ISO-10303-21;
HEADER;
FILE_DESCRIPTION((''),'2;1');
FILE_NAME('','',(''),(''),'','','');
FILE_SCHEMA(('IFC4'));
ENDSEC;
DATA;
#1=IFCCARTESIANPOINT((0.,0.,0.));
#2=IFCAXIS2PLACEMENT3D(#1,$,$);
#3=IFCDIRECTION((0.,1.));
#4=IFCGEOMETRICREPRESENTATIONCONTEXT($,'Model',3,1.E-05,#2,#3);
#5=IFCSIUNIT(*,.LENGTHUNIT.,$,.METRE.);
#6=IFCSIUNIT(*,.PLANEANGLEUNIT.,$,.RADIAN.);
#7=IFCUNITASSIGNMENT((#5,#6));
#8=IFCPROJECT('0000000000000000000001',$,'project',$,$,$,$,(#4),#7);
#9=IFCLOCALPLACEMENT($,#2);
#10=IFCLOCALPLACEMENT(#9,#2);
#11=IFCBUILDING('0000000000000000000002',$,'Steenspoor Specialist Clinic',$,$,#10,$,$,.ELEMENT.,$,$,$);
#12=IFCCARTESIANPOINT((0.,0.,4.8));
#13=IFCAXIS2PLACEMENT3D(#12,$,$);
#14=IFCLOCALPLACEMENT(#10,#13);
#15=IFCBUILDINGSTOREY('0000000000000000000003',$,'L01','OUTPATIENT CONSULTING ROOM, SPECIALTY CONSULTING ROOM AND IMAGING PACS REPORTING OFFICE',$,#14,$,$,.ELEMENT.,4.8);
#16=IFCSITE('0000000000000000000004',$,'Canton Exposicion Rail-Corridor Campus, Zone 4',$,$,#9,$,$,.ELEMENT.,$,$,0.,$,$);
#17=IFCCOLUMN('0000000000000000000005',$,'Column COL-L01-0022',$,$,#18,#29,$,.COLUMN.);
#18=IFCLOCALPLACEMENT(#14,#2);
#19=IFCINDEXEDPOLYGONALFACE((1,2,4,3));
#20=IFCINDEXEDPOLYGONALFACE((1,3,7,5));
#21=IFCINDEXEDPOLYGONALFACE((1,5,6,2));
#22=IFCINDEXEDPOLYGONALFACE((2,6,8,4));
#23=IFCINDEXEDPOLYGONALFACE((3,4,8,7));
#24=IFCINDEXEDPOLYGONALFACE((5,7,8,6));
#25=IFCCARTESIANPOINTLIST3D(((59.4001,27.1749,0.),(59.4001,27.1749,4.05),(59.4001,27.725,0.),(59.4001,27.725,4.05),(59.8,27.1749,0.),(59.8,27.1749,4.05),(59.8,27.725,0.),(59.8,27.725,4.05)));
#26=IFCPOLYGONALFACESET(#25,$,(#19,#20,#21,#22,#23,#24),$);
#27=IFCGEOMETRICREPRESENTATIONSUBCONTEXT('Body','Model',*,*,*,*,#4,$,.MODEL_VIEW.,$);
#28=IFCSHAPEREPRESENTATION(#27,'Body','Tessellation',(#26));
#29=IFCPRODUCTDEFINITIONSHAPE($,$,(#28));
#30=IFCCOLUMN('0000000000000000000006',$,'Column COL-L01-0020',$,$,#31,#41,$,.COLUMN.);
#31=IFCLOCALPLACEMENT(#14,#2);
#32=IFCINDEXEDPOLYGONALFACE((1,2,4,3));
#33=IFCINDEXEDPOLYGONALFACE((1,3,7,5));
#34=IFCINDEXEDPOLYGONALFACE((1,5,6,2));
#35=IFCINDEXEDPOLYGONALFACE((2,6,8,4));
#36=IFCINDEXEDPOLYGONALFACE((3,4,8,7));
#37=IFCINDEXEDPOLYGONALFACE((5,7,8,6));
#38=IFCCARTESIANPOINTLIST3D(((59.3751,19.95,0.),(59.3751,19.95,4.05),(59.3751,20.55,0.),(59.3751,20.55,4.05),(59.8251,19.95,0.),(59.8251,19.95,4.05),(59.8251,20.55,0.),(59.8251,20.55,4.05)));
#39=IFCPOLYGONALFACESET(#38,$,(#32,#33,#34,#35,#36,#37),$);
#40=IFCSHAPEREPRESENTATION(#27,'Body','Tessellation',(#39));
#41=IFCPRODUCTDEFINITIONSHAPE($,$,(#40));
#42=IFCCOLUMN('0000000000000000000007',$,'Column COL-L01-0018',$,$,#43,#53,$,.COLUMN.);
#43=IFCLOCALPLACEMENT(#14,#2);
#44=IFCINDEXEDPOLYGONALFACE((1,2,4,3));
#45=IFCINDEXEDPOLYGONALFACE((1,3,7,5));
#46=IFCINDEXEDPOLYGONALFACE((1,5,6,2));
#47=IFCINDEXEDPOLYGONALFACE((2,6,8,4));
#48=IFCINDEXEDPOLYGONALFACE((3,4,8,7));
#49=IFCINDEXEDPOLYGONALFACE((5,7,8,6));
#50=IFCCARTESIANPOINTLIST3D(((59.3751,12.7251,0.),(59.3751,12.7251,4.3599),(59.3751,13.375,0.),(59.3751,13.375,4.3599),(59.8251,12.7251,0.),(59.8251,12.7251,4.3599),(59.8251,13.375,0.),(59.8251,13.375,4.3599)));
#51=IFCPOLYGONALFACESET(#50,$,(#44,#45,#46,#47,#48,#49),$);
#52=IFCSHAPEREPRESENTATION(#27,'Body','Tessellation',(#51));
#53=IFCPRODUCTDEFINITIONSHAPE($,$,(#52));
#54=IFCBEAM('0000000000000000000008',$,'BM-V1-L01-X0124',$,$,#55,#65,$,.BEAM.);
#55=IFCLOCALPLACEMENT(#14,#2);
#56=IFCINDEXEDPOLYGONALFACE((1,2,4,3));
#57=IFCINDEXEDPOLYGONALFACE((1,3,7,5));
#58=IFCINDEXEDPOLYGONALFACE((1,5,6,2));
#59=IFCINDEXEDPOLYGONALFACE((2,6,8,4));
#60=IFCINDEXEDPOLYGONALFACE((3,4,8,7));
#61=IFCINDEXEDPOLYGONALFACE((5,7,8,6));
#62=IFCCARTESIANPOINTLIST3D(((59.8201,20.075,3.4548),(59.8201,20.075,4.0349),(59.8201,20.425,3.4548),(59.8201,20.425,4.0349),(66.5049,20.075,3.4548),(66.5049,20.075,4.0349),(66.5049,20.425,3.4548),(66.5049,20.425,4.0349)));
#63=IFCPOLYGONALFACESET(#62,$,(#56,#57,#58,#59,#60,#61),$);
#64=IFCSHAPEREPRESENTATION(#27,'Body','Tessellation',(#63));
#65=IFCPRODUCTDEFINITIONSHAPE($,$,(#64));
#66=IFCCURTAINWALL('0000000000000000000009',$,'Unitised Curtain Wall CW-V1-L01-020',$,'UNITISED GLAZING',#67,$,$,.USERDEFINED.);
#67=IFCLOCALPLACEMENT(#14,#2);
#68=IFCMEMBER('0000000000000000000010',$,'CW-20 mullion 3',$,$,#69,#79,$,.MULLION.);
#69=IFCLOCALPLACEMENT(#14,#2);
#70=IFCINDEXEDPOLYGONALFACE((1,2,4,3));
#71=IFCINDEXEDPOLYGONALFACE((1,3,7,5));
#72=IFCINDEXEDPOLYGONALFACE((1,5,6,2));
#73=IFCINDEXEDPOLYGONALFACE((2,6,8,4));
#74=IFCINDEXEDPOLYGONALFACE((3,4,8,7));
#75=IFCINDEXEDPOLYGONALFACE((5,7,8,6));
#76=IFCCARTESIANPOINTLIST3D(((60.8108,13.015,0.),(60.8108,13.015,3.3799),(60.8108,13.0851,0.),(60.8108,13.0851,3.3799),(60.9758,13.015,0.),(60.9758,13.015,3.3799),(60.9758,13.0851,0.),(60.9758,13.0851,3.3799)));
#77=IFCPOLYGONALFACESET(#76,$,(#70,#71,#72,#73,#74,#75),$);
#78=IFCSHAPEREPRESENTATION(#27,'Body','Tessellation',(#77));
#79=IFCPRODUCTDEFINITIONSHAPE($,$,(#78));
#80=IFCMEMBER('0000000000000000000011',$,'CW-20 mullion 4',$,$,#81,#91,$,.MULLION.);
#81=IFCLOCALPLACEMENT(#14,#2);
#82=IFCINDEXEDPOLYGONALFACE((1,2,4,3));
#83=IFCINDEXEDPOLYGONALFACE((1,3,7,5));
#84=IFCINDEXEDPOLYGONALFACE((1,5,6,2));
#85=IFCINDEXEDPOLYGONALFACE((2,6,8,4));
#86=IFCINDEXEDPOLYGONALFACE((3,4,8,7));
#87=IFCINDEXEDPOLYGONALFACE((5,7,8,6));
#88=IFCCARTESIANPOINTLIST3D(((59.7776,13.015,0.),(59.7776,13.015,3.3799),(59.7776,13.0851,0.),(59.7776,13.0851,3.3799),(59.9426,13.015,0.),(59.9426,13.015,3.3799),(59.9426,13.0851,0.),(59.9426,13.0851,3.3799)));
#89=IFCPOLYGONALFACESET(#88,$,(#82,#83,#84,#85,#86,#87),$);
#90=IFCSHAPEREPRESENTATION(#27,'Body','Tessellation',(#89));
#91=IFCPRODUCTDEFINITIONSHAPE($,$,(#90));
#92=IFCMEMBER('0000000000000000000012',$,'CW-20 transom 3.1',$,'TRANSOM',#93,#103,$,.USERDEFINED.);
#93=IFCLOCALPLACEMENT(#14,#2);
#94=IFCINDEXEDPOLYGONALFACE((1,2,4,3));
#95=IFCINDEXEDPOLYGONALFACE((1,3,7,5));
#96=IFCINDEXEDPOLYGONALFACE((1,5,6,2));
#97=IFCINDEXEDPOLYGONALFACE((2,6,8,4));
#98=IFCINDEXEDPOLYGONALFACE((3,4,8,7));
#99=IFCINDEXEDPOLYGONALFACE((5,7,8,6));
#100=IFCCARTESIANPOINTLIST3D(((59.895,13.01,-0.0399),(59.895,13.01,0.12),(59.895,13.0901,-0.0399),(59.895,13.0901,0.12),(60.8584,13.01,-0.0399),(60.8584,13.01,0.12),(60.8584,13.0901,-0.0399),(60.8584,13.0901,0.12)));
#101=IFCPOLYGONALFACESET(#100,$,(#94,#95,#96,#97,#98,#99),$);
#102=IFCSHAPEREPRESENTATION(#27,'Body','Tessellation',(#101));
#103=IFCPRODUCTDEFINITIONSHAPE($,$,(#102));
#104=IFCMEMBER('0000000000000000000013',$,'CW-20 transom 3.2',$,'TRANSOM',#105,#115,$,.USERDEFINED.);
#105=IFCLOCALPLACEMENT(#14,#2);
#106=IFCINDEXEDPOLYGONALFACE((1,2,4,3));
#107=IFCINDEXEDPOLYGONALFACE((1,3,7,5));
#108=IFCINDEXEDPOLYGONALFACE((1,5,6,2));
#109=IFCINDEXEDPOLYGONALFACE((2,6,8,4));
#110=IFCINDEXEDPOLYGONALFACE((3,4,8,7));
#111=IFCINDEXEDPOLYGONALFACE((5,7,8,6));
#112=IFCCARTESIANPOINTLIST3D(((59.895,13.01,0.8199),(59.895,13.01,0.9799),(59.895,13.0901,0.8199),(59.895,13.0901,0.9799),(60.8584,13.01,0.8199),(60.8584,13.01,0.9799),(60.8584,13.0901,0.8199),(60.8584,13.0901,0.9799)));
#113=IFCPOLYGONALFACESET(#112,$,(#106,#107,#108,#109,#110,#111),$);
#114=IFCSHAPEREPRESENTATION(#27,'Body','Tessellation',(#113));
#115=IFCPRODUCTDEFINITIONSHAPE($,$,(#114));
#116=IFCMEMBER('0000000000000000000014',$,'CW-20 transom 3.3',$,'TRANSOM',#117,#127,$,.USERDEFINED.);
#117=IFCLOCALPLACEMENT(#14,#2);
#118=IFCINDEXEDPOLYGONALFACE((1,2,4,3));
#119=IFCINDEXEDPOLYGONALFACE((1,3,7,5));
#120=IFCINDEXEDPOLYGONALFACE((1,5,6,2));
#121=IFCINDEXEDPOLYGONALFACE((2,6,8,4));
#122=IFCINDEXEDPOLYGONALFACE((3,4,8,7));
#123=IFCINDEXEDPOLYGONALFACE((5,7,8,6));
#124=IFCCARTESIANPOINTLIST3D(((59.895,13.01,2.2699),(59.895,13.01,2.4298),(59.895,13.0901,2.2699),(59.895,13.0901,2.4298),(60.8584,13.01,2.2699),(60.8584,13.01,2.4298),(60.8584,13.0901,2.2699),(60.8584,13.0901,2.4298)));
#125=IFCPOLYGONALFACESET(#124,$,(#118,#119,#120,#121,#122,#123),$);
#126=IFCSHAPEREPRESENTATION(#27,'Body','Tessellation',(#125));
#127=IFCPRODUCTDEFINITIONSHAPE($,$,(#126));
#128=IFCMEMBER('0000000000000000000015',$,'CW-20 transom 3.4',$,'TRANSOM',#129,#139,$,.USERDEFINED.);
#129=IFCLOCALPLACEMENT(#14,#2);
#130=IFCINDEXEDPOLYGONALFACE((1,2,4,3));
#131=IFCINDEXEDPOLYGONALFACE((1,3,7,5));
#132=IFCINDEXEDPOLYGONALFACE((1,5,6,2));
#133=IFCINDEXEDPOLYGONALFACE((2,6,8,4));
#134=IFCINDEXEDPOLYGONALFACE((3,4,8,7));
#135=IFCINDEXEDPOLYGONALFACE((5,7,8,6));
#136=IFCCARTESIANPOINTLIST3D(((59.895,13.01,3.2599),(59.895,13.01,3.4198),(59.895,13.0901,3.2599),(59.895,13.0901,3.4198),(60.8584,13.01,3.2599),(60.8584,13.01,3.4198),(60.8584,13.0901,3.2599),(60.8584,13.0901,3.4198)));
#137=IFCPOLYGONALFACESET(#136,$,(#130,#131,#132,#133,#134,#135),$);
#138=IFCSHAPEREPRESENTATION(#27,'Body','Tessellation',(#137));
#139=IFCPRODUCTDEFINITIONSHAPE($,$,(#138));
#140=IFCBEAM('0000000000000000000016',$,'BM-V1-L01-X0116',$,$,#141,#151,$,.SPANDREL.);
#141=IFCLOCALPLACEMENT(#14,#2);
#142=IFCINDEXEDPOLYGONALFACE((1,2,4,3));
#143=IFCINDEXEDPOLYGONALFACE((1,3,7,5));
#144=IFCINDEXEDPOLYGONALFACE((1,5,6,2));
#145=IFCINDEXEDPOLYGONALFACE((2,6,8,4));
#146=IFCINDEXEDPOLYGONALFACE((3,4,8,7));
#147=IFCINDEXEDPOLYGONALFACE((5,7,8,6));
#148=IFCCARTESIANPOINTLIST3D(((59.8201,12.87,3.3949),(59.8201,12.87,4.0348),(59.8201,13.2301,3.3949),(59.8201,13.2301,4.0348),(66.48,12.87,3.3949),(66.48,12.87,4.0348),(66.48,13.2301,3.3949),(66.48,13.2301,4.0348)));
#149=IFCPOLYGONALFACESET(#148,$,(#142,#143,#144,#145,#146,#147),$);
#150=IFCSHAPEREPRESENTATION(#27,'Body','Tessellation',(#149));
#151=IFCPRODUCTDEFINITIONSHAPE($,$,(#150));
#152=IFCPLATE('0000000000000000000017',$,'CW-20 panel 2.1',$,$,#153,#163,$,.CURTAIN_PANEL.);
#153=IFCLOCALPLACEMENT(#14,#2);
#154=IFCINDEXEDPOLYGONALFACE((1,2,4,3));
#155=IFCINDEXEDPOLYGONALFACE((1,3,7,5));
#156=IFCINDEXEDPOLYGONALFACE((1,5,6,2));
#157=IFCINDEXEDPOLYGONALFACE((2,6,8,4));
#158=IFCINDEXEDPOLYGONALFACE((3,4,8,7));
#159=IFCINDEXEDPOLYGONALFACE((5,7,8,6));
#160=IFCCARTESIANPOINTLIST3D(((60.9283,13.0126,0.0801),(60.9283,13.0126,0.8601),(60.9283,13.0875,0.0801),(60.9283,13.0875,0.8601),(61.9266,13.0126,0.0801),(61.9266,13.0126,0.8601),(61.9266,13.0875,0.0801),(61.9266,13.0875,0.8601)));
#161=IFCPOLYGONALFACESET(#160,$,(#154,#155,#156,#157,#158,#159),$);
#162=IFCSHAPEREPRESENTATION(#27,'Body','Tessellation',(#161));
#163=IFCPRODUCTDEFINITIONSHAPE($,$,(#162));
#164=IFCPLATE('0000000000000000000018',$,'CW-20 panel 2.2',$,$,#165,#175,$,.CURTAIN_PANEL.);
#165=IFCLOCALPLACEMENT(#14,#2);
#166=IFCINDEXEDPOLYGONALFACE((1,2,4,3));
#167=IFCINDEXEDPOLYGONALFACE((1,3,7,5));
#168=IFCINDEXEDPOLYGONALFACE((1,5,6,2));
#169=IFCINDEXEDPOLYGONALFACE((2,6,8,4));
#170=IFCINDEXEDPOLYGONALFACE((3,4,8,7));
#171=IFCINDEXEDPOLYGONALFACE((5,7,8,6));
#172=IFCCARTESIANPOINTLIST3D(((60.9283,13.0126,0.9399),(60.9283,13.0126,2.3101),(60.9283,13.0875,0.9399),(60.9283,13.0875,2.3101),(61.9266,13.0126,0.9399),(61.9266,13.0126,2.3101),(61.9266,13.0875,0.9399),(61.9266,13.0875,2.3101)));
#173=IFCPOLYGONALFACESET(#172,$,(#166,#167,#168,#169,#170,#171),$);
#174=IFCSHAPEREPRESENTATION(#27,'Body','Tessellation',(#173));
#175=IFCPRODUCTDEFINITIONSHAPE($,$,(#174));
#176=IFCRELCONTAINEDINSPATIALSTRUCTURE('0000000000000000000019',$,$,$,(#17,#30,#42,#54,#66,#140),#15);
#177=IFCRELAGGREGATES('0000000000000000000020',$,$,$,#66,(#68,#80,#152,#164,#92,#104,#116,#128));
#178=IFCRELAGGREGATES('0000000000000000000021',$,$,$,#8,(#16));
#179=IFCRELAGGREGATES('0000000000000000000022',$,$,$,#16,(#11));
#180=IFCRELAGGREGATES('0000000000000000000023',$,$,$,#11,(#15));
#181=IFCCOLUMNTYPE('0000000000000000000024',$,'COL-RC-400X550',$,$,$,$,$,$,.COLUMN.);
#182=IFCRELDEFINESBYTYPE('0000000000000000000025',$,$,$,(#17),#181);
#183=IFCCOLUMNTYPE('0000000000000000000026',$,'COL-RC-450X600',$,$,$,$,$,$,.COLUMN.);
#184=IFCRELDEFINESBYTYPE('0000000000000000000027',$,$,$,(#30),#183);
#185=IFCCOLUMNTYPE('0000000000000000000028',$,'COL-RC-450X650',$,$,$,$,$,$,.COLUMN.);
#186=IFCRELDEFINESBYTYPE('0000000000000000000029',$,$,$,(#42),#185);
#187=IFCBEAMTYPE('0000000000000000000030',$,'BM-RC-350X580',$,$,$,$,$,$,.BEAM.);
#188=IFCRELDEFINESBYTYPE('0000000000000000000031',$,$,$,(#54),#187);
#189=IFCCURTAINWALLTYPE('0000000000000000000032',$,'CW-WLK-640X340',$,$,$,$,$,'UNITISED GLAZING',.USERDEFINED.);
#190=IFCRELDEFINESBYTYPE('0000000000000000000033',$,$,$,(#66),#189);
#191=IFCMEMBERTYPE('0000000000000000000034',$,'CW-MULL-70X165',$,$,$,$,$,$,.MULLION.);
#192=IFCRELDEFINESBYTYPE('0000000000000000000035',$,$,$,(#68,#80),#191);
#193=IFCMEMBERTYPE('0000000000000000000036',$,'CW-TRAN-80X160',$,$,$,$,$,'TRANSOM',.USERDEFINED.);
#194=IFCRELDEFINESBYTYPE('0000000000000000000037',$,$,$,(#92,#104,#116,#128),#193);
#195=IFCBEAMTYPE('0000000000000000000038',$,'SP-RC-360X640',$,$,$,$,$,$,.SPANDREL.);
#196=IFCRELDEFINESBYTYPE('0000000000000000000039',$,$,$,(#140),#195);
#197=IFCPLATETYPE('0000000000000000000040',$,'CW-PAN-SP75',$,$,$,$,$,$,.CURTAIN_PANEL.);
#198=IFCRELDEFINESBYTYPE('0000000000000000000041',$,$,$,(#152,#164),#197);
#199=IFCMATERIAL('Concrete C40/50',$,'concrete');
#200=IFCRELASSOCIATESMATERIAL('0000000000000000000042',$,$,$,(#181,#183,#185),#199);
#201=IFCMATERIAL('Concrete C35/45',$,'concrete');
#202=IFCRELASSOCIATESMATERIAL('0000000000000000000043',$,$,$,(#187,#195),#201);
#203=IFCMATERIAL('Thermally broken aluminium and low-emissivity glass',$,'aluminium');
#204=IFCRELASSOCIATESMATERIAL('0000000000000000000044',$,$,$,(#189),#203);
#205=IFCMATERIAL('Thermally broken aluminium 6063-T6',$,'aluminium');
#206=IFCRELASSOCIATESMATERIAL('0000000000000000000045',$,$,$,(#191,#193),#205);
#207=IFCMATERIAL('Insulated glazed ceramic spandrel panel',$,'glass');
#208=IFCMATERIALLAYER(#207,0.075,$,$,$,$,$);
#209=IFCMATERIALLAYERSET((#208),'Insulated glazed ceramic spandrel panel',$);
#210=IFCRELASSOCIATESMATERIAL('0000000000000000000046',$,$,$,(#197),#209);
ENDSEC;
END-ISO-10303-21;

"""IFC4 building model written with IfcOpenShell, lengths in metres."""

from ifc_helpers import new_model, si_unit, direction, frame, origin, origin_2d, place, context, subcontext, project, spatial, rectangle, extrude, material, layer, layer_set, material_profile, profile_set, type_object, element, aggregate, save


model = new_model("IFC4")

# Units and contexts
model_context = context("Model", 3, precision=1e-05, world=origin(), true_north=direction((0.0, 1.0)))
body_context = subcontext(model_context, "Body", "Model", "MODEL_VIEW")
ifc_project = project(units=[si_unit("LENGTHUNIT", "METRE"), si_unit("PLANEANGLEUNIT", "RADIAN")], contexts=[model_context])

# Site, building, storey
site_placement = place(None, origin())
site = spatial("IfcSite", under=ifc_project, at=site_placement, Name="Canton Exposicion Rail-Corridor Campus, Zone 4", CompositionType="ELEMENT", RefElevation=0.0)
building_placement = place(site_placement, origin())
building = spatial("IfcBuilding", under=site, at=building_placement, Name="Steenspoor Specialist Clinic", CompositionType="ELEMENT")
storey_placement = place(building_placement, frame((0.0, 0.0, 4.8)))
storey = spatial("IfcBuildingStorey", under=building, at=storey_placement, Name="L01", Description="OUTPATIENT CONSULTING ROOM, SPECIALTY CONSULTING ROOM AND IMAGING PACS REPORTING OFFICE", CompositionType="ELEMENT", Elevation=4.8)

# Columns
ifc_material_1 = material(Name="Concrete C40/50", Category="concrete")
ifc_material_profile_1 = material_profile(ifc_material_1, rectangle(XDim=0.3999, YDim=0.55, at=origin_2d()), Name="RC-COL-400X550")
ifc_profile_set_1 = profile_set([ifc_material_profile_1], Name="Concrete C40/50")
column_type_1 = type_object("IfcColumnType", Name="COL-RC-400X550", PredefinedType="COLUMN", material=ifc_profile_set_1)
column_1_placement = place(storey_placement, frame((59.6001, 27.45, 0.0), z_axis=(0.0, 0.0, 1.0), x_axis=(1.0, 0.0, 0.0)))
element("IfcColumn", 1, at=column_1_placement, inside=storey, type_object=column_type_1, Name="Column COL-L01-0022", PredefinedType="COLUMN", context=body_context, shape_type="SweptSolid", body=[
    extrude(rectangle(XDim=0.3999, YDim=0.55, at=origin_2d()), origin(), (0.0, 0.0, 1.0), 4.05),
])
ifc_material_profile_2 = material_profile(ifc_material_1, rectangle(XDim=0.45, YDim=0.6001, at=origin_2d()), Name="RC-COL-450X600")
ifc_profile_set_2 = profile_set([ifc_material_profile_2], Name="Concrete C40/50")
column_type_2 = type_object("IfcColumnType", Name="COL-RC-450X600", PredefinedType="COLUMN", material=ifc_profile_set_2)
column_2_placement = place(storey_placement, frame((59.6001, 20.25, 0.0), z_axis=(0.0, 0.0, 1.0), x_axis=(1.0, 0.0, 0.0)))
element("IfcColumn", 2, at=column_2_placement, inside=storey, type_object=column_type_2, Name="Column COL-L01-0020", PredefinedType="COLUMN", context=body_context, shape_type="SweptSolid", body=[
    extrude(rectangle(XDim=0.45, YDim=0.6001, at=origin_2d()), origin(), (0.0, 0.0, 1.0), 4.05),
])
ifc_material_profile_3 = material_profile(ifc_material_1, rectangle(XDim=0.45, YDim=0.6499, at=origin_2d()), Name="RC-COL-450X650")
ifc_profile_set_3 = profile_set([ifc_material_profile_3], Name="Concrete C40/50")
column_type_3 = type_object("IfcColumnType", Name="COL-RC-450X650", PredefinedType="COLUMN", material=ifc_profile_set_3)
column_3_placement = place(storey_placement, frame((59.6001, 13.05, 0.0), z_axis=(0.0, 0.0, 1.0), x_axis=(1.0, 0.0, 0.0)))
element("IfcColumn", 3, at=column_3_placement, inside=storey, type_object=column_type_3, Name="Column COL-L01-0018", PredefinedType="COLUMN", context=body_context, shape_type="SweptSolid", body=[
    extrude(rectangle(XDim=0.45, YDim=0.6499, at=origin_2d()), origin(), (0.0, 0.0, 1.0), 4.3599),
])

# Beam
ifc_material_2 = material(Name="Concrete C35/45", Category="concrete")
ifc_material_profile_4 = material_profile(ifc_material_2, rectangle(XDim=0.3501, YDim=0.5801, at=origin_2d()), Name="RC-BM-350X580")
ifc_profile_set_4 = profile_set([ifc_material_profile_4], Name="Concrete C35/45")
beam_type_1 = type_object("IfcBeamType", Name="BM-RC-350X580", PredefinedType="BEAM", material=ifc_profile_set_4)
beam_1_placement = place(storey_placement, frame((59.8201, 20.25, 3.7449), z_axis=(1.0, 0.0, 0.0), x_axis=(0.0, 1.0, 0.0)))
element("IfcBeam", 4, at=beam_1_placement, inside=storey, type_object=beam_type_1, Name="BM-V1-L01-X0124", PredefinedType="BEAM", context=body_context, shape_type="SweptSolid", body=[
    extrude(rectangle(XDim=0.3501, YDim=0.5801, at=origin_2d()), origin(), (0.0, 0.0, 1.0), 6.6848),
])

# Curtain wall, members
ifc_material_3 = material(Name="Thermally broken aluminium and low-emissivity glass", Category="aluminium")
curtain_wall_type = type_object("IfcCurtainWallType", Name="CW-WLK-640X340", ElementType="UNITISED GLAZING", PredefinedType="USERDEFINED", material=ifc_material_3)
curtain_wall_placement = place(storey_placement, origin())
curtain_wall = element("IfcCurtainWall", 5, at=curtain_wall_placement, inside=storey, type_object=curtain_wall_type, Name="Unitised Curtain Wall CW-V1-L01-020", ObjectType="UNITISED GLAZING", PredefinedType="USERDEFINED")
ifc_material_4 = material(Name="Thermally broken aluminium 6063-T6", Category="aluminium")
ifc_material_profile_5 = material_profile(ifc_material_4, rectangle(XDim=0.0701, YDim=0.165, at=origin_2d()), Name="CWM-70X165")
ifc_profile_set_5 = profile_set([ifc_material_profile_5], Name="Thermally broken aluminium 6063-T6")
member_type_1 = type_object("IfcMemberType", Name="CW-MULL-70X165", PredefinedType="MULLION", material=ifc_profile_set_5)
member_1_placement = place(storey_placement, frame((60.8933, 13.05, 0.0), z_axis=(0.0, 0.0, 1.0), x_axis=(0.0, -1.0, 0.0)))
member_1 = element("IfcMember", 6, at=member_1_placement, type_object=member_type_1, Name="CW-20 mullion 3", PredefinedType="MULLION", context=body_context, shape_type="SweptSolid", body=[
    extrude(rectangle(XDim=0.0701, YDim=0.165, at=origin_2d()), origin(), (0.0, 0.0, 1.0), 3.3799),
])
member_2_placement = place(storey_placement, frame((59.8601, 13.05, 0.0), z_axis=(0.0, 0.0, 1.0), x_axis=(0.0, -1.0, 0.0)))
member_2 = element("IfcMember", 7, at=member_2_placement, type_object=member_type_1, Name="CW-20 mullion 4", PredefinedType="MULLION", context=body_context, shape_type="SweptSolid", body=[
    extrude(rectangle(XDim=0.0701, YDim=0.165, at=origin_2d()), origin(), (0.0, 0.0, 1.0), 3.3799),
])
ifc_material_profile_6 = material_profile(ifc_material_4, rectangle(XDim=0.0801, YDim=0.1599, at=origin_2d()), Name="CWT-80X160")
ifc_profile_set_6 = profile_set([ifc_material_profile_6], Name="Thermally broken aluminium 6063-T6")
member_type_2 = type_object("IfcMemberType", Name="CW-TRAN-80X160", ElementType="TRANSOM", PredefinedType="USERDEFINED", material=ifc_profile_set_6)
member_3_placement = place(storey_placement, frame((60.8584, 13.05, 0.04), z_axis=(-1.0, 0.0, 0.0), x_axis=(0.0, -1.0, 0.0)))
member_3 = element("IfcMember", 8, at=member_3_placement, type_object=member_type_2, Name="CW-20 transom 3.1", ObjectType="TRANSOM", PredefinedType="USERDEFINED", context=body_context, shape_type="SweptSolid", body=[
    extrude(rectangle(XDim=0.0801, YDim=0.1599, at=origin_2d()), origin(), (0.0, 0.0, 1.0), 0.9634),
])
member_4_placement = place(storey_placement, frame((60.8584, 13.05, 0.8999), z_axis=(-1.0, 0.0, 0.0), x_axis=(0.0, -1.0, 0.0)))
member_4 = element("IfcMember", 9, at=member_4_placement, type_object=member_type_2, Name="CW-20 transom 3.2", ObjectType="TRANSOM", PredefinedType="USERDEFINED", context=body_context, shape_type="SweptSolid", body=[
    extrude(rectangle(XDim=0.0801, YDim=0.1599, at=origin_2d()), origin(), (0.0, 0.0, 1.0), 0.9634),
])
member_5_placement = place(storey_placement, frame((60.8584, 13.05, 2.3499), z_axis=(-1.0, 0.0, 0.0), x_axis=(0.0, -1.0, 0.0)))
member_5 = element("IfcMember", 10, at=member_5_placement, type_object=member_type_2, Name="CW-20 transom 3.3", ObjectType="TRANSOM", PredefinedType="USERDEFINED", context=body_context, shape_type="SweptSolid", body=[
    extrude(rectangle(XDim=0.0801, YDim=0.1599, at=origin_2d()), origin(), (0.0, 0.0, 1.0), 0.9634),
])
member_6_placement = place(storey_placement, frame((60.8584, 13.05, 3.3398), z_axis=(-1.0, 0.0, 0.0), x_axis=(0.0, -1.0, 0.0)))
member_6 = element("IfcMember", 11, at=member_6_placement, type_object=member_type_2, Name="CW-20 transom 3.4", ObjectType="TRANSOM", PredefinedType="USERDEFINED", context=body_context, shape_type="SweptSolid", body=[
    extrude(rectangle(XDim=0.0801, YDim=0.1599, at=origin_2d()), origin(), (0.0, 0.0, 1.0), 0.9634),
])

# Beam
ifc_material_profile_7 = material_profile(ifc_material_2, rectangle(XDim=0.3601, YDim=0.6399, at=origin_2d()), Name="RC-SP-360X640")
ifc_profile_set_7 = profile_set([ifc_material_profile_7], Name="Concrete C35/45")
beam_type_2 = type_object("IfcBeamType", Name="SP-RC-360X640", PredefinedType="SPANDREL", material=ifc_profile_set_7)
beam_2_placement = place(storey_placement, frame((59.8201, 13.05, 3.7148), z_axis=(1.0, 0.0, 0.0), x_axis=(0.0, 1.0, 0.0)))
element("IfcBeam", 12, at=beam_2_placement, inside=storey, type_object=beam_type_2, Name="BM-V1-L01-X0116", PredefinedType="SPANDREL", context=body_context, shape_type="SweptSolid", body=[
    extrude(rectangle(XDim=0.3601, YDim=0.6399, at=origin_2d()), origin(), (0.0, 0.0, 1.0), 6.6599),
])

# Plates
ifc_material_5 = material(Name="Insulated glazed ceramic spandrel panel", Category="glass")
ifc_layer_1 = layer(ifc_material_5, 0.075)
ifc_layer_set_1 = layer_set([ifc_layer_1], Name="Insulated glazed ceramic spandrel panel")
plate_type = type_object("IfcPlateType", Name="CW-PAN-SP75", PredefinedType="CURTAIN_PANEL", material=ifc_layer_set_1)
plate_1_placement = place(storey_placement, frame((61.4275, 13.05, 0.0801), z_axis=(0.0, 0.0, 1.0), x_axis=(-1.0, 0.0, 0.0)))
plate_1 = element("IfcPlate", 13, at=plate_1_placement, type_object=plate_type, Name="CW-20 panel 2.1", PredefinedType="CURTAIN_PANEL", context=body_context, shape_type="SweptSolid", body=[
    extrude(rectangle(XDim=0.9983, YDim=0.075, at=origin_2d()), origin(), (0.0, 0.0, 1.0), 0.78),
])
plate_2_placement = place(storey_placement, frame((61.4275, 13.05, 0.9399), z_axis=(0.0, 0.0, 1.0), x_axis=(-1.0, 0.0, 0.0)))
plate_2 = element("IfcPlate", 14, at=plate_2_placement, type_object=plate_type, Name="CW-20 panel 2.2", PredefinedType="CURTAIN_PANEL", context=body_context, shape_type="SweptSolid", body=[
    extrude(rectangle(XDim=0.9983, YDim=0.075, at=origin_2d()), origin(), (0.0, 0.0, 1.0), 1.3701),
])
aggregate(curtain_wall, [member_1, member_2, plate_1, plate_2, member_3, member_4, member_5, member_6])

save(model, "model.ifc")
